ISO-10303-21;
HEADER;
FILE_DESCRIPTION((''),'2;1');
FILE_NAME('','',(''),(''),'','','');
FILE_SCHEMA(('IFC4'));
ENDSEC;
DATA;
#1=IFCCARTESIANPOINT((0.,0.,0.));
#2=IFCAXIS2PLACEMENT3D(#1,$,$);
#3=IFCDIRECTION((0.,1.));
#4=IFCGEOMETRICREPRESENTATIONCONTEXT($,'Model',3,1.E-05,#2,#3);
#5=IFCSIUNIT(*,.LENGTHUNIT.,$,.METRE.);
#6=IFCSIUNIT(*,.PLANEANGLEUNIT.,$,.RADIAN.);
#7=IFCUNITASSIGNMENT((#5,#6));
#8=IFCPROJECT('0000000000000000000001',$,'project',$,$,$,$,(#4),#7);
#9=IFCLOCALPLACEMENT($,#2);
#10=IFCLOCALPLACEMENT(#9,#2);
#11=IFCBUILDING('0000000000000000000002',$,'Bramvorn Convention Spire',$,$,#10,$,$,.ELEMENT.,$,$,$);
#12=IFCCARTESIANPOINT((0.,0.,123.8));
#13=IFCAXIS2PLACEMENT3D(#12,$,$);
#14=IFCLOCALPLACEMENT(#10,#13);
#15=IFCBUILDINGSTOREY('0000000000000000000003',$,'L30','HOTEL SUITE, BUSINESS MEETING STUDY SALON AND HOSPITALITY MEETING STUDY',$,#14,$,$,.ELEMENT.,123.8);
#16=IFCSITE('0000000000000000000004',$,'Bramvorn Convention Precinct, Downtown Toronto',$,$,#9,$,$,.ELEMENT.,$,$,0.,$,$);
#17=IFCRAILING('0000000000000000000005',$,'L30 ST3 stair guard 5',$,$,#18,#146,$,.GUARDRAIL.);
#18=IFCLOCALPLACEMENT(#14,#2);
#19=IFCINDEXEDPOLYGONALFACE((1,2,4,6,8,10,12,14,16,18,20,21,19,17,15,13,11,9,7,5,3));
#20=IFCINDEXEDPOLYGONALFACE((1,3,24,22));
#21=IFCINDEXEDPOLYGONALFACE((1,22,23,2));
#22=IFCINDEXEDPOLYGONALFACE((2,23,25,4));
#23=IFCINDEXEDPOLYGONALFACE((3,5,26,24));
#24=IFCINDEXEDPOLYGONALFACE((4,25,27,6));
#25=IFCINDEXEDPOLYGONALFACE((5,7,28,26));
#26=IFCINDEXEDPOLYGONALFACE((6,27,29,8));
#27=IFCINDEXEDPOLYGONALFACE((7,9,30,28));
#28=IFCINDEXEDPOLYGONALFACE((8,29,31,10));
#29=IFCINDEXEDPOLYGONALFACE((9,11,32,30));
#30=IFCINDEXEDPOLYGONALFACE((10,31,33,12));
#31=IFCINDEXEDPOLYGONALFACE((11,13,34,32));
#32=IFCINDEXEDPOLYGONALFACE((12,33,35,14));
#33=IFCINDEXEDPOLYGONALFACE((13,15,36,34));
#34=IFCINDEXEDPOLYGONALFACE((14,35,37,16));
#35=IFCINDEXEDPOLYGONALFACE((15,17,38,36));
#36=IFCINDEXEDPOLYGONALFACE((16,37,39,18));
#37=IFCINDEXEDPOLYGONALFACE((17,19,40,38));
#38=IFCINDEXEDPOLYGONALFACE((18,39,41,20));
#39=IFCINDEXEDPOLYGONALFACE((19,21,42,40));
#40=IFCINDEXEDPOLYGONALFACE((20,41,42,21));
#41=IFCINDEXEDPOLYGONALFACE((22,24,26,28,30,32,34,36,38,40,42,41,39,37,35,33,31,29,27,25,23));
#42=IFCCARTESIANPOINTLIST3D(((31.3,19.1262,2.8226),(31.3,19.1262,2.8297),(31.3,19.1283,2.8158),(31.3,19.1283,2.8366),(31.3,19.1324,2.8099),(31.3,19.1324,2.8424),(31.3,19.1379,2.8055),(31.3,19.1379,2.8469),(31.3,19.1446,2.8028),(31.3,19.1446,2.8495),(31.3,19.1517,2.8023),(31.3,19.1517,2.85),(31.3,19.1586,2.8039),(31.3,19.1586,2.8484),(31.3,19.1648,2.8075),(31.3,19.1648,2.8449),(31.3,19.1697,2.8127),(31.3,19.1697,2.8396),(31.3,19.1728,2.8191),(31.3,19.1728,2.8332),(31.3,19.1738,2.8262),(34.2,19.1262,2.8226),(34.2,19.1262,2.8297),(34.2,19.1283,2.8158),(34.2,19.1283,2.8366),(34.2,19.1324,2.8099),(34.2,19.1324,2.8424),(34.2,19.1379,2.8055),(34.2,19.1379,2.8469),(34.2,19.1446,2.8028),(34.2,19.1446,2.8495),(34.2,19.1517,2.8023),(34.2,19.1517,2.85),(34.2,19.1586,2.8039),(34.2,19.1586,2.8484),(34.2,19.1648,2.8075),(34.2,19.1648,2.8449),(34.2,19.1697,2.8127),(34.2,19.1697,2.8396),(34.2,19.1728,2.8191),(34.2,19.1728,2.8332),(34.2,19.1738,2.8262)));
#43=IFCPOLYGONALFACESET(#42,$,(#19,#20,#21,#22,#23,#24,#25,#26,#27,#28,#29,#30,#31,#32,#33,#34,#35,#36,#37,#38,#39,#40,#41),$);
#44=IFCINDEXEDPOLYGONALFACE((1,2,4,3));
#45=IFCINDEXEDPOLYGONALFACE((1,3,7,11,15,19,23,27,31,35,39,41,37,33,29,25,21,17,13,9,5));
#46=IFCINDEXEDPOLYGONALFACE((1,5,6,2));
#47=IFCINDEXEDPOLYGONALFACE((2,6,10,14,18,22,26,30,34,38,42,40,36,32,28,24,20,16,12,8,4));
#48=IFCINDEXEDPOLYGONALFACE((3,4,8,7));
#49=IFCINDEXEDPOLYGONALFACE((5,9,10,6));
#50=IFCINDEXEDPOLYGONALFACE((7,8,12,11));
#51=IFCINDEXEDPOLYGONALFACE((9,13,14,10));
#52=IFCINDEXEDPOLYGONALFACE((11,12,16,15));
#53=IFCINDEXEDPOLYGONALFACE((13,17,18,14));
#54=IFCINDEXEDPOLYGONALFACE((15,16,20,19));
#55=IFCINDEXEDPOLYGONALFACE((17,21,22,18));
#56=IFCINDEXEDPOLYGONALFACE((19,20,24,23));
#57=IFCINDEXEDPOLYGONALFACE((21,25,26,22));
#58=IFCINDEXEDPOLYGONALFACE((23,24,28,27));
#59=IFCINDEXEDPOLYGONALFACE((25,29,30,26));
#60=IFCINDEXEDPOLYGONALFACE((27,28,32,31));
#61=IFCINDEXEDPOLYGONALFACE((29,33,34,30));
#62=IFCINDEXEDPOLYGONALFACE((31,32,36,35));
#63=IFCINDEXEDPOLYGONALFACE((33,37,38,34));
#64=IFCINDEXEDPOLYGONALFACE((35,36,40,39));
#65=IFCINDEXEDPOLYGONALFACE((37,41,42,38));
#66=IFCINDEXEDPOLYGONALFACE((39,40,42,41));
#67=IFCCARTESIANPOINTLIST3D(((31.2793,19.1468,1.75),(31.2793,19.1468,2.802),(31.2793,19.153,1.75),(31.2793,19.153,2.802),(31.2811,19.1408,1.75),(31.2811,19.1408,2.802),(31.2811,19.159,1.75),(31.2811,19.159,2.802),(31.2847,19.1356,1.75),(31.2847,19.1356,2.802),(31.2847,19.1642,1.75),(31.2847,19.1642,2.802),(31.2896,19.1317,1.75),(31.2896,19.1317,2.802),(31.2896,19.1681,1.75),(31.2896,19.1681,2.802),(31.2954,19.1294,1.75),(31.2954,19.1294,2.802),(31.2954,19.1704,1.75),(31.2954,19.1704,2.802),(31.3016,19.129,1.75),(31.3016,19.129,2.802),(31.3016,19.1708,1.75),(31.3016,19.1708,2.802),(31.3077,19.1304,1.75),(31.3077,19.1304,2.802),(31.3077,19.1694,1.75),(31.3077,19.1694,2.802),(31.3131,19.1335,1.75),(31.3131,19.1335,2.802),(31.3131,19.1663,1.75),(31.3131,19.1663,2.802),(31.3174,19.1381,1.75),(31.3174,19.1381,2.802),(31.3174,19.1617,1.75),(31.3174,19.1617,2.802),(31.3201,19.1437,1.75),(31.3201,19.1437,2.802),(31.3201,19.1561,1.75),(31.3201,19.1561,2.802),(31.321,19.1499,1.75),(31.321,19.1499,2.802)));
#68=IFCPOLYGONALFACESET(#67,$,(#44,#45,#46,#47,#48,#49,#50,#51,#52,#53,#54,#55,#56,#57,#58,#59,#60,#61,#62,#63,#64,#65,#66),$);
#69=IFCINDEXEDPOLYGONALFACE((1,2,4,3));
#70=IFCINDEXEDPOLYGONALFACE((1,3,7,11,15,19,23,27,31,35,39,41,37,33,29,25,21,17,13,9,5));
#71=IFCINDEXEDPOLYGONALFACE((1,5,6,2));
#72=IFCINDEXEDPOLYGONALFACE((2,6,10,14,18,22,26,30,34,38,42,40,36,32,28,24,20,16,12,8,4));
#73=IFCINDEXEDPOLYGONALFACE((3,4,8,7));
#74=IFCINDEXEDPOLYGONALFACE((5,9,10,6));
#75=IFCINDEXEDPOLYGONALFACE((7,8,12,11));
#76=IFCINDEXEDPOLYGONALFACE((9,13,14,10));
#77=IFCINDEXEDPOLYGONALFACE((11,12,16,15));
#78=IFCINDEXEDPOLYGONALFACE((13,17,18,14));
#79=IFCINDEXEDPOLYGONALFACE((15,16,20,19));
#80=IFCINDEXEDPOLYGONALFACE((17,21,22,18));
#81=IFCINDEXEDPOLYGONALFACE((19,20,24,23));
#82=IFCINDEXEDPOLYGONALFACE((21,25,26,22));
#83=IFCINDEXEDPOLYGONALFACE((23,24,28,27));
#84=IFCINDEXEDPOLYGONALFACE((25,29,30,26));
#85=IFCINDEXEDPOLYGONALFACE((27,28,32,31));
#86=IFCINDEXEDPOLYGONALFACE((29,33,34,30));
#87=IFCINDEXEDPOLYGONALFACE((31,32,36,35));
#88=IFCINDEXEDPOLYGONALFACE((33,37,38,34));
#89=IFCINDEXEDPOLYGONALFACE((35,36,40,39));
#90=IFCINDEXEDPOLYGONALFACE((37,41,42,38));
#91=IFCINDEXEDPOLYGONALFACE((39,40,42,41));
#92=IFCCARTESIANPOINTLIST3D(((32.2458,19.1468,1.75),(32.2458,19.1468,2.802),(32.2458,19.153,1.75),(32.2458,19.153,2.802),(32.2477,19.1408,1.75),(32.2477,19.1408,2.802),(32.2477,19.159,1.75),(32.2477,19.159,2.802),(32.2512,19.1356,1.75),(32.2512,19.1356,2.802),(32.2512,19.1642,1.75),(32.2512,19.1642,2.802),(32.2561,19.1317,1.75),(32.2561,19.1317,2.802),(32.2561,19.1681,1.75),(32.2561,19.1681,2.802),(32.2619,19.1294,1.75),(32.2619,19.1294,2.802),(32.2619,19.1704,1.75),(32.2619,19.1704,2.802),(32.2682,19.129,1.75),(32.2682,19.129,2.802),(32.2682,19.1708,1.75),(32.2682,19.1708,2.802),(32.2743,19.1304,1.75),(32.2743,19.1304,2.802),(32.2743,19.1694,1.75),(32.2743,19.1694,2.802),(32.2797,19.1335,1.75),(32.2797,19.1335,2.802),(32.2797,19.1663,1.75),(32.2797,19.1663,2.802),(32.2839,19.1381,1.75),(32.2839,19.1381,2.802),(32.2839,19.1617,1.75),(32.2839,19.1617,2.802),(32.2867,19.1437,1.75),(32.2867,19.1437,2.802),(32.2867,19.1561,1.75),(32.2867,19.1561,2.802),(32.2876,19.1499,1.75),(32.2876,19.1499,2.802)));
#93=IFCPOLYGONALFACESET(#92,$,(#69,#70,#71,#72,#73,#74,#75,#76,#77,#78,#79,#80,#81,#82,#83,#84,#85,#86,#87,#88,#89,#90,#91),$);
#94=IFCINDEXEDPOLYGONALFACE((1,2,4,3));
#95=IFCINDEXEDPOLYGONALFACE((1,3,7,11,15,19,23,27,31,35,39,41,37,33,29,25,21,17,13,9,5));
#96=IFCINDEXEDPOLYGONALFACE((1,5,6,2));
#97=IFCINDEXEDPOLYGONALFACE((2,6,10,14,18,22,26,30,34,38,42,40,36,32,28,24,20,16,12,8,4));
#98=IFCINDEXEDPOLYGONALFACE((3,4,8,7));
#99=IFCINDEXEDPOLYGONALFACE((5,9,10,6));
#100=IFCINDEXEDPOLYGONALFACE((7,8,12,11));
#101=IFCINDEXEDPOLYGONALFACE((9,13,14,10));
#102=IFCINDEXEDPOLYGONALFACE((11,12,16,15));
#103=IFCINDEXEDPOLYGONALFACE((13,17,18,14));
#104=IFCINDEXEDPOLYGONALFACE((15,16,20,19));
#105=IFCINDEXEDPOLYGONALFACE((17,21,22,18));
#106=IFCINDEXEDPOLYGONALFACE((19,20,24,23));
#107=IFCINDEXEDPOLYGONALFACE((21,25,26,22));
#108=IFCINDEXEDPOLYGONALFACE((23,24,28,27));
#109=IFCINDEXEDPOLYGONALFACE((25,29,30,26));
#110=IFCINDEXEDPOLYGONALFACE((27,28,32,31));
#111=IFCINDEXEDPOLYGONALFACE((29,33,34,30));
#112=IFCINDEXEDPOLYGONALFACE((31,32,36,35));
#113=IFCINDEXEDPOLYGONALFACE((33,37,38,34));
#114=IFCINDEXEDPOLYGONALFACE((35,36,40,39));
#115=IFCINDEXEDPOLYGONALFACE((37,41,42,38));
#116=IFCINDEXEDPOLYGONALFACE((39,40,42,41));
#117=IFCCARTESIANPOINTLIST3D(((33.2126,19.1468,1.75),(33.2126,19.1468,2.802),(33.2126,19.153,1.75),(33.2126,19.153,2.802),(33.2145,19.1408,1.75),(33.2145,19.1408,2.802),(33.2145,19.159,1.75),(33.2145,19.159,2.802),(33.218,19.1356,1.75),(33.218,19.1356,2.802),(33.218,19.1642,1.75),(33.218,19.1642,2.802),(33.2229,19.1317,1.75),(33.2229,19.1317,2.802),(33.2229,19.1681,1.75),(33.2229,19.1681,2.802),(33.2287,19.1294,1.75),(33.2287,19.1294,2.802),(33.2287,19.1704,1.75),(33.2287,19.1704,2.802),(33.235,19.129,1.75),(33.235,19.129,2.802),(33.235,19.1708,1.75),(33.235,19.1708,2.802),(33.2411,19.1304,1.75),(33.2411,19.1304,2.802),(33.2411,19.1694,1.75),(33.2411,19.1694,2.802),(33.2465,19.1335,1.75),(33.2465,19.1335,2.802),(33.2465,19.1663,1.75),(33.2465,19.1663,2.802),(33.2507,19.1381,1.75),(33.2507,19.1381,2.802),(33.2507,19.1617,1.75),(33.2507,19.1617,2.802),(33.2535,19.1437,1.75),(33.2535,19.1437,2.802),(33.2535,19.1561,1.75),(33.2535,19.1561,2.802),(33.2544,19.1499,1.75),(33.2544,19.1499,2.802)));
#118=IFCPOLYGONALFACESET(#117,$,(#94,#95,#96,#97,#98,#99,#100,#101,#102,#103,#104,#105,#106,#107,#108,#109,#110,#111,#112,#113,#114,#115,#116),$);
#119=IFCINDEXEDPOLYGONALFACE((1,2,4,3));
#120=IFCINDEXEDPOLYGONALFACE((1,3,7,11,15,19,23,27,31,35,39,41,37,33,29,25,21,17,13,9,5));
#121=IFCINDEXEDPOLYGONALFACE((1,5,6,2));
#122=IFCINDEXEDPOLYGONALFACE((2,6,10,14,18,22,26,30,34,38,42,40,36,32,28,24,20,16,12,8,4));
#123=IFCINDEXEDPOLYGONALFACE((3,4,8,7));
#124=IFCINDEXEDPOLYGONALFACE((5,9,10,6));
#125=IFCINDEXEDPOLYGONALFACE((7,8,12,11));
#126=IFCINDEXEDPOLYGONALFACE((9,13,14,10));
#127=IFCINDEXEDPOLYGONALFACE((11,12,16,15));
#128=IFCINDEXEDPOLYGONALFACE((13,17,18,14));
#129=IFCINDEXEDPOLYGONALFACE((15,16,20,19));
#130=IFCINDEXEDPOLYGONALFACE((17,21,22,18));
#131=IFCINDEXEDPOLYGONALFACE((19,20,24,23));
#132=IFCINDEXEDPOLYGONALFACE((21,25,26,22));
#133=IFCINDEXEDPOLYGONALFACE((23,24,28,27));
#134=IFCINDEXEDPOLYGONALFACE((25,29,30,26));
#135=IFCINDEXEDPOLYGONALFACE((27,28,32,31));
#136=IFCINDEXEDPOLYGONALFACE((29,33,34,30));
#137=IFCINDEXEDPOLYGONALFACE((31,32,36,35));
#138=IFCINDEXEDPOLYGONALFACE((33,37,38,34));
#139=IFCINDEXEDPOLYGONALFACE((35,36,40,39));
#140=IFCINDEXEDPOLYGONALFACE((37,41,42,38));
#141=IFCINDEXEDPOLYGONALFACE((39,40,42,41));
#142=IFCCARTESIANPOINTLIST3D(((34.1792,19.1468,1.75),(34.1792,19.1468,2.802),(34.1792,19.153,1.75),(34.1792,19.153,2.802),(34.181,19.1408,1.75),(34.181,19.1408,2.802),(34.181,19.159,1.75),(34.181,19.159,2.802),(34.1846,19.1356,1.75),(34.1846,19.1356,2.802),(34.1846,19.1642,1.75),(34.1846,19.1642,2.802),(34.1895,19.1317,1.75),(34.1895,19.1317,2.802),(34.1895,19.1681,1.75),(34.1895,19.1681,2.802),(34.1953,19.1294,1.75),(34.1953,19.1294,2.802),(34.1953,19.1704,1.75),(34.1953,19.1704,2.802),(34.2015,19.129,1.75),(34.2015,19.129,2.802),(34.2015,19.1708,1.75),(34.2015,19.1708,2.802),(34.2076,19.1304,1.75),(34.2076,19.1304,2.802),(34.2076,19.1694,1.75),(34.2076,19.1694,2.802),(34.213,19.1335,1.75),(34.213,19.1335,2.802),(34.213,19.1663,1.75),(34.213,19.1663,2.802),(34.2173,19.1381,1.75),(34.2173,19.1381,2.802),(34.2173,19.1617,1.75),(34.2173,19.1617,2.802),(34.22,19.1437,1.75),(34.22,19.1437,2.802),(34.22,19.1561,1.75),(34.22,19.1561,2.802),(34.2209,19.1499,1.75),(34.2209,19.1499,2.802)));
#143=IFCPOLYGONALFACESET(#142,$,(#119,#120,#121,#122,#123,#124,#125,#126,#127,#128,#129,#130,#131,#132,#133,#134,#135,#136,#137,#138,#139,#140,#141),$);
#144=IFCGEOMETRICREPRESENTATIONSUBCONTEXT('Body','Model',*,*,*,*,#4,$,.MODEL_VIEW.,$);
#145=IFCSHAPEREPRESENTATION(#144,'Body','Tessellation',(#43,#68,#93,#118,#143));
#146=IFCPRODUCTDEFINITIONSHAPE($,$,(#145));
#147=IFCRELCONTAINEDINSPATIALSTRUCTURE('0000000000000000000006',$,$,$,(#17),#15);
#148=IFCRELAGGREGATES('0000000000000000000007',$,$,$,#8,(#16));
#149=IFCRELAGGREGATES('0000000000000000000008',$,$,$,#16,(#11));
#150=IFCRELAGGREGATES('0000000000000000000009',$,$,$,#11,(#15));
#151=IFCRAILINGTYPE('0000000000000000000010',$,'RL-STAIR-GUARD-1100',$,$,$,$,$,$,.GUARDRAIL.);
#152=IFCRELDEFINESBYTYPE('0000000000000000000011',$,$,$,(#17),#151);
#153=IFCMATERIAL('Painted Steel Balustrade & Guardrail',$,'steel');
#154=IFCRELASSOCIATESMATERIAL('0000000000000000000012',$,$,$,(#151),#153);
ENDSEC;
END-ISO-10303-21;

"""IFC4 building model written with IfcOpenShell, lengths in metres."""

from ifc_helpers import new_model, si_unit, direction, frame, origin, origin_2d, place, context, subcontext, project, spatial, circle, extrude, material, type_object, element, save


model = new_model("IFC4")

# Units and contexts
model_context = context("Model", 3, precision=1e-05, world=origin(), true_north=direction((0.0, 1.0)))
body_context = subcontext(model_context, "Body", "Model", "MODEL_VIEW")
ifc_project = project(units=[si_unit("LENGTHUNIT", "METRE"), si_unit("PLANEANGLEUNIT", "RADIAN")], contexts=[model_context])

# Site, building, storey
site_placement = place(None, origin())
site = spatial("IfcSite", under=ifc_project, at=site_placement, Name="Bramvorn Convention Precinct, Downtown Toronto", CompositionType="ELEMENT", RefElevation=0.0)
building_placement = place(site_placement, origin())
building = spatial("IfcBuilding", under=site, at=building_placement, Name="Bramvorn Convention Spire", CompositionType="ELEMENT")
storey_placement = place(building_placement, frame((0.0, 0.0, 123.8)))
storey = spatial("IfcBuildingStorey", under=building, at=storey_placement, Name="L30", Description="HOTEL SUITE, BUSINESS MEETING STUDY SALON AND HOSPITALITY MEETING STUDY", CompositionType="ELEMENT", Elevation=123.8)

# Railing
ifc_material_1 = material(Name="Painted Steel Balustrade & Guardrail", Category="steel")
railing_type_1 = type_object("IfcRailingType", Name="RL-STAIR-GUARD-1100", PredefinedType="GUARDRAIL", material=ifc_material_1)
railing_1_placement = place(storey_placement, frame((31.3, 19.1499, 1.75)))
element("IfcRailing", 1, at=railing_1_placement, inside=storey, type_object=railing_type_1, Name="L30 ST3 stair guard 5", PredefinedType="GUARDRAIL", context=body_context, shape_type="SweptSolid", body=[
    extrude(circle(Radius=0.0239, at=origin_2d()), frame((0.0, 0.0, 1.0762), z_axis=(1.0, 0.0, 0.0), x_axis=(0.0, 1.0, 0.0)), (0.0, 0.0, 1.0), 2.8999),
    extrude(circle(Radius=0.021, at=origin_2d()), origin(), (0.0, 0.0, 1.0), 1.052),
    extrude(circle(Radius=0.021, at=origin_2d()), frame((0.9666, 0.0, 0.0)), (0.0, 0.0, 1.0), 1.052),
    extrude(circle(Radius=0.021, at=origin_2d()), frame((1.9333, 0.0, 0.0)), (0.0, 0.0, 1.0), 1.052),
    extrude(circle(Radius=0.021, at=origin_2d()), frame((2.8999, 0.0, 0.0)), (0.0, 0.0, 1.0), 1.052),
])

save(model, "model.ifc")
